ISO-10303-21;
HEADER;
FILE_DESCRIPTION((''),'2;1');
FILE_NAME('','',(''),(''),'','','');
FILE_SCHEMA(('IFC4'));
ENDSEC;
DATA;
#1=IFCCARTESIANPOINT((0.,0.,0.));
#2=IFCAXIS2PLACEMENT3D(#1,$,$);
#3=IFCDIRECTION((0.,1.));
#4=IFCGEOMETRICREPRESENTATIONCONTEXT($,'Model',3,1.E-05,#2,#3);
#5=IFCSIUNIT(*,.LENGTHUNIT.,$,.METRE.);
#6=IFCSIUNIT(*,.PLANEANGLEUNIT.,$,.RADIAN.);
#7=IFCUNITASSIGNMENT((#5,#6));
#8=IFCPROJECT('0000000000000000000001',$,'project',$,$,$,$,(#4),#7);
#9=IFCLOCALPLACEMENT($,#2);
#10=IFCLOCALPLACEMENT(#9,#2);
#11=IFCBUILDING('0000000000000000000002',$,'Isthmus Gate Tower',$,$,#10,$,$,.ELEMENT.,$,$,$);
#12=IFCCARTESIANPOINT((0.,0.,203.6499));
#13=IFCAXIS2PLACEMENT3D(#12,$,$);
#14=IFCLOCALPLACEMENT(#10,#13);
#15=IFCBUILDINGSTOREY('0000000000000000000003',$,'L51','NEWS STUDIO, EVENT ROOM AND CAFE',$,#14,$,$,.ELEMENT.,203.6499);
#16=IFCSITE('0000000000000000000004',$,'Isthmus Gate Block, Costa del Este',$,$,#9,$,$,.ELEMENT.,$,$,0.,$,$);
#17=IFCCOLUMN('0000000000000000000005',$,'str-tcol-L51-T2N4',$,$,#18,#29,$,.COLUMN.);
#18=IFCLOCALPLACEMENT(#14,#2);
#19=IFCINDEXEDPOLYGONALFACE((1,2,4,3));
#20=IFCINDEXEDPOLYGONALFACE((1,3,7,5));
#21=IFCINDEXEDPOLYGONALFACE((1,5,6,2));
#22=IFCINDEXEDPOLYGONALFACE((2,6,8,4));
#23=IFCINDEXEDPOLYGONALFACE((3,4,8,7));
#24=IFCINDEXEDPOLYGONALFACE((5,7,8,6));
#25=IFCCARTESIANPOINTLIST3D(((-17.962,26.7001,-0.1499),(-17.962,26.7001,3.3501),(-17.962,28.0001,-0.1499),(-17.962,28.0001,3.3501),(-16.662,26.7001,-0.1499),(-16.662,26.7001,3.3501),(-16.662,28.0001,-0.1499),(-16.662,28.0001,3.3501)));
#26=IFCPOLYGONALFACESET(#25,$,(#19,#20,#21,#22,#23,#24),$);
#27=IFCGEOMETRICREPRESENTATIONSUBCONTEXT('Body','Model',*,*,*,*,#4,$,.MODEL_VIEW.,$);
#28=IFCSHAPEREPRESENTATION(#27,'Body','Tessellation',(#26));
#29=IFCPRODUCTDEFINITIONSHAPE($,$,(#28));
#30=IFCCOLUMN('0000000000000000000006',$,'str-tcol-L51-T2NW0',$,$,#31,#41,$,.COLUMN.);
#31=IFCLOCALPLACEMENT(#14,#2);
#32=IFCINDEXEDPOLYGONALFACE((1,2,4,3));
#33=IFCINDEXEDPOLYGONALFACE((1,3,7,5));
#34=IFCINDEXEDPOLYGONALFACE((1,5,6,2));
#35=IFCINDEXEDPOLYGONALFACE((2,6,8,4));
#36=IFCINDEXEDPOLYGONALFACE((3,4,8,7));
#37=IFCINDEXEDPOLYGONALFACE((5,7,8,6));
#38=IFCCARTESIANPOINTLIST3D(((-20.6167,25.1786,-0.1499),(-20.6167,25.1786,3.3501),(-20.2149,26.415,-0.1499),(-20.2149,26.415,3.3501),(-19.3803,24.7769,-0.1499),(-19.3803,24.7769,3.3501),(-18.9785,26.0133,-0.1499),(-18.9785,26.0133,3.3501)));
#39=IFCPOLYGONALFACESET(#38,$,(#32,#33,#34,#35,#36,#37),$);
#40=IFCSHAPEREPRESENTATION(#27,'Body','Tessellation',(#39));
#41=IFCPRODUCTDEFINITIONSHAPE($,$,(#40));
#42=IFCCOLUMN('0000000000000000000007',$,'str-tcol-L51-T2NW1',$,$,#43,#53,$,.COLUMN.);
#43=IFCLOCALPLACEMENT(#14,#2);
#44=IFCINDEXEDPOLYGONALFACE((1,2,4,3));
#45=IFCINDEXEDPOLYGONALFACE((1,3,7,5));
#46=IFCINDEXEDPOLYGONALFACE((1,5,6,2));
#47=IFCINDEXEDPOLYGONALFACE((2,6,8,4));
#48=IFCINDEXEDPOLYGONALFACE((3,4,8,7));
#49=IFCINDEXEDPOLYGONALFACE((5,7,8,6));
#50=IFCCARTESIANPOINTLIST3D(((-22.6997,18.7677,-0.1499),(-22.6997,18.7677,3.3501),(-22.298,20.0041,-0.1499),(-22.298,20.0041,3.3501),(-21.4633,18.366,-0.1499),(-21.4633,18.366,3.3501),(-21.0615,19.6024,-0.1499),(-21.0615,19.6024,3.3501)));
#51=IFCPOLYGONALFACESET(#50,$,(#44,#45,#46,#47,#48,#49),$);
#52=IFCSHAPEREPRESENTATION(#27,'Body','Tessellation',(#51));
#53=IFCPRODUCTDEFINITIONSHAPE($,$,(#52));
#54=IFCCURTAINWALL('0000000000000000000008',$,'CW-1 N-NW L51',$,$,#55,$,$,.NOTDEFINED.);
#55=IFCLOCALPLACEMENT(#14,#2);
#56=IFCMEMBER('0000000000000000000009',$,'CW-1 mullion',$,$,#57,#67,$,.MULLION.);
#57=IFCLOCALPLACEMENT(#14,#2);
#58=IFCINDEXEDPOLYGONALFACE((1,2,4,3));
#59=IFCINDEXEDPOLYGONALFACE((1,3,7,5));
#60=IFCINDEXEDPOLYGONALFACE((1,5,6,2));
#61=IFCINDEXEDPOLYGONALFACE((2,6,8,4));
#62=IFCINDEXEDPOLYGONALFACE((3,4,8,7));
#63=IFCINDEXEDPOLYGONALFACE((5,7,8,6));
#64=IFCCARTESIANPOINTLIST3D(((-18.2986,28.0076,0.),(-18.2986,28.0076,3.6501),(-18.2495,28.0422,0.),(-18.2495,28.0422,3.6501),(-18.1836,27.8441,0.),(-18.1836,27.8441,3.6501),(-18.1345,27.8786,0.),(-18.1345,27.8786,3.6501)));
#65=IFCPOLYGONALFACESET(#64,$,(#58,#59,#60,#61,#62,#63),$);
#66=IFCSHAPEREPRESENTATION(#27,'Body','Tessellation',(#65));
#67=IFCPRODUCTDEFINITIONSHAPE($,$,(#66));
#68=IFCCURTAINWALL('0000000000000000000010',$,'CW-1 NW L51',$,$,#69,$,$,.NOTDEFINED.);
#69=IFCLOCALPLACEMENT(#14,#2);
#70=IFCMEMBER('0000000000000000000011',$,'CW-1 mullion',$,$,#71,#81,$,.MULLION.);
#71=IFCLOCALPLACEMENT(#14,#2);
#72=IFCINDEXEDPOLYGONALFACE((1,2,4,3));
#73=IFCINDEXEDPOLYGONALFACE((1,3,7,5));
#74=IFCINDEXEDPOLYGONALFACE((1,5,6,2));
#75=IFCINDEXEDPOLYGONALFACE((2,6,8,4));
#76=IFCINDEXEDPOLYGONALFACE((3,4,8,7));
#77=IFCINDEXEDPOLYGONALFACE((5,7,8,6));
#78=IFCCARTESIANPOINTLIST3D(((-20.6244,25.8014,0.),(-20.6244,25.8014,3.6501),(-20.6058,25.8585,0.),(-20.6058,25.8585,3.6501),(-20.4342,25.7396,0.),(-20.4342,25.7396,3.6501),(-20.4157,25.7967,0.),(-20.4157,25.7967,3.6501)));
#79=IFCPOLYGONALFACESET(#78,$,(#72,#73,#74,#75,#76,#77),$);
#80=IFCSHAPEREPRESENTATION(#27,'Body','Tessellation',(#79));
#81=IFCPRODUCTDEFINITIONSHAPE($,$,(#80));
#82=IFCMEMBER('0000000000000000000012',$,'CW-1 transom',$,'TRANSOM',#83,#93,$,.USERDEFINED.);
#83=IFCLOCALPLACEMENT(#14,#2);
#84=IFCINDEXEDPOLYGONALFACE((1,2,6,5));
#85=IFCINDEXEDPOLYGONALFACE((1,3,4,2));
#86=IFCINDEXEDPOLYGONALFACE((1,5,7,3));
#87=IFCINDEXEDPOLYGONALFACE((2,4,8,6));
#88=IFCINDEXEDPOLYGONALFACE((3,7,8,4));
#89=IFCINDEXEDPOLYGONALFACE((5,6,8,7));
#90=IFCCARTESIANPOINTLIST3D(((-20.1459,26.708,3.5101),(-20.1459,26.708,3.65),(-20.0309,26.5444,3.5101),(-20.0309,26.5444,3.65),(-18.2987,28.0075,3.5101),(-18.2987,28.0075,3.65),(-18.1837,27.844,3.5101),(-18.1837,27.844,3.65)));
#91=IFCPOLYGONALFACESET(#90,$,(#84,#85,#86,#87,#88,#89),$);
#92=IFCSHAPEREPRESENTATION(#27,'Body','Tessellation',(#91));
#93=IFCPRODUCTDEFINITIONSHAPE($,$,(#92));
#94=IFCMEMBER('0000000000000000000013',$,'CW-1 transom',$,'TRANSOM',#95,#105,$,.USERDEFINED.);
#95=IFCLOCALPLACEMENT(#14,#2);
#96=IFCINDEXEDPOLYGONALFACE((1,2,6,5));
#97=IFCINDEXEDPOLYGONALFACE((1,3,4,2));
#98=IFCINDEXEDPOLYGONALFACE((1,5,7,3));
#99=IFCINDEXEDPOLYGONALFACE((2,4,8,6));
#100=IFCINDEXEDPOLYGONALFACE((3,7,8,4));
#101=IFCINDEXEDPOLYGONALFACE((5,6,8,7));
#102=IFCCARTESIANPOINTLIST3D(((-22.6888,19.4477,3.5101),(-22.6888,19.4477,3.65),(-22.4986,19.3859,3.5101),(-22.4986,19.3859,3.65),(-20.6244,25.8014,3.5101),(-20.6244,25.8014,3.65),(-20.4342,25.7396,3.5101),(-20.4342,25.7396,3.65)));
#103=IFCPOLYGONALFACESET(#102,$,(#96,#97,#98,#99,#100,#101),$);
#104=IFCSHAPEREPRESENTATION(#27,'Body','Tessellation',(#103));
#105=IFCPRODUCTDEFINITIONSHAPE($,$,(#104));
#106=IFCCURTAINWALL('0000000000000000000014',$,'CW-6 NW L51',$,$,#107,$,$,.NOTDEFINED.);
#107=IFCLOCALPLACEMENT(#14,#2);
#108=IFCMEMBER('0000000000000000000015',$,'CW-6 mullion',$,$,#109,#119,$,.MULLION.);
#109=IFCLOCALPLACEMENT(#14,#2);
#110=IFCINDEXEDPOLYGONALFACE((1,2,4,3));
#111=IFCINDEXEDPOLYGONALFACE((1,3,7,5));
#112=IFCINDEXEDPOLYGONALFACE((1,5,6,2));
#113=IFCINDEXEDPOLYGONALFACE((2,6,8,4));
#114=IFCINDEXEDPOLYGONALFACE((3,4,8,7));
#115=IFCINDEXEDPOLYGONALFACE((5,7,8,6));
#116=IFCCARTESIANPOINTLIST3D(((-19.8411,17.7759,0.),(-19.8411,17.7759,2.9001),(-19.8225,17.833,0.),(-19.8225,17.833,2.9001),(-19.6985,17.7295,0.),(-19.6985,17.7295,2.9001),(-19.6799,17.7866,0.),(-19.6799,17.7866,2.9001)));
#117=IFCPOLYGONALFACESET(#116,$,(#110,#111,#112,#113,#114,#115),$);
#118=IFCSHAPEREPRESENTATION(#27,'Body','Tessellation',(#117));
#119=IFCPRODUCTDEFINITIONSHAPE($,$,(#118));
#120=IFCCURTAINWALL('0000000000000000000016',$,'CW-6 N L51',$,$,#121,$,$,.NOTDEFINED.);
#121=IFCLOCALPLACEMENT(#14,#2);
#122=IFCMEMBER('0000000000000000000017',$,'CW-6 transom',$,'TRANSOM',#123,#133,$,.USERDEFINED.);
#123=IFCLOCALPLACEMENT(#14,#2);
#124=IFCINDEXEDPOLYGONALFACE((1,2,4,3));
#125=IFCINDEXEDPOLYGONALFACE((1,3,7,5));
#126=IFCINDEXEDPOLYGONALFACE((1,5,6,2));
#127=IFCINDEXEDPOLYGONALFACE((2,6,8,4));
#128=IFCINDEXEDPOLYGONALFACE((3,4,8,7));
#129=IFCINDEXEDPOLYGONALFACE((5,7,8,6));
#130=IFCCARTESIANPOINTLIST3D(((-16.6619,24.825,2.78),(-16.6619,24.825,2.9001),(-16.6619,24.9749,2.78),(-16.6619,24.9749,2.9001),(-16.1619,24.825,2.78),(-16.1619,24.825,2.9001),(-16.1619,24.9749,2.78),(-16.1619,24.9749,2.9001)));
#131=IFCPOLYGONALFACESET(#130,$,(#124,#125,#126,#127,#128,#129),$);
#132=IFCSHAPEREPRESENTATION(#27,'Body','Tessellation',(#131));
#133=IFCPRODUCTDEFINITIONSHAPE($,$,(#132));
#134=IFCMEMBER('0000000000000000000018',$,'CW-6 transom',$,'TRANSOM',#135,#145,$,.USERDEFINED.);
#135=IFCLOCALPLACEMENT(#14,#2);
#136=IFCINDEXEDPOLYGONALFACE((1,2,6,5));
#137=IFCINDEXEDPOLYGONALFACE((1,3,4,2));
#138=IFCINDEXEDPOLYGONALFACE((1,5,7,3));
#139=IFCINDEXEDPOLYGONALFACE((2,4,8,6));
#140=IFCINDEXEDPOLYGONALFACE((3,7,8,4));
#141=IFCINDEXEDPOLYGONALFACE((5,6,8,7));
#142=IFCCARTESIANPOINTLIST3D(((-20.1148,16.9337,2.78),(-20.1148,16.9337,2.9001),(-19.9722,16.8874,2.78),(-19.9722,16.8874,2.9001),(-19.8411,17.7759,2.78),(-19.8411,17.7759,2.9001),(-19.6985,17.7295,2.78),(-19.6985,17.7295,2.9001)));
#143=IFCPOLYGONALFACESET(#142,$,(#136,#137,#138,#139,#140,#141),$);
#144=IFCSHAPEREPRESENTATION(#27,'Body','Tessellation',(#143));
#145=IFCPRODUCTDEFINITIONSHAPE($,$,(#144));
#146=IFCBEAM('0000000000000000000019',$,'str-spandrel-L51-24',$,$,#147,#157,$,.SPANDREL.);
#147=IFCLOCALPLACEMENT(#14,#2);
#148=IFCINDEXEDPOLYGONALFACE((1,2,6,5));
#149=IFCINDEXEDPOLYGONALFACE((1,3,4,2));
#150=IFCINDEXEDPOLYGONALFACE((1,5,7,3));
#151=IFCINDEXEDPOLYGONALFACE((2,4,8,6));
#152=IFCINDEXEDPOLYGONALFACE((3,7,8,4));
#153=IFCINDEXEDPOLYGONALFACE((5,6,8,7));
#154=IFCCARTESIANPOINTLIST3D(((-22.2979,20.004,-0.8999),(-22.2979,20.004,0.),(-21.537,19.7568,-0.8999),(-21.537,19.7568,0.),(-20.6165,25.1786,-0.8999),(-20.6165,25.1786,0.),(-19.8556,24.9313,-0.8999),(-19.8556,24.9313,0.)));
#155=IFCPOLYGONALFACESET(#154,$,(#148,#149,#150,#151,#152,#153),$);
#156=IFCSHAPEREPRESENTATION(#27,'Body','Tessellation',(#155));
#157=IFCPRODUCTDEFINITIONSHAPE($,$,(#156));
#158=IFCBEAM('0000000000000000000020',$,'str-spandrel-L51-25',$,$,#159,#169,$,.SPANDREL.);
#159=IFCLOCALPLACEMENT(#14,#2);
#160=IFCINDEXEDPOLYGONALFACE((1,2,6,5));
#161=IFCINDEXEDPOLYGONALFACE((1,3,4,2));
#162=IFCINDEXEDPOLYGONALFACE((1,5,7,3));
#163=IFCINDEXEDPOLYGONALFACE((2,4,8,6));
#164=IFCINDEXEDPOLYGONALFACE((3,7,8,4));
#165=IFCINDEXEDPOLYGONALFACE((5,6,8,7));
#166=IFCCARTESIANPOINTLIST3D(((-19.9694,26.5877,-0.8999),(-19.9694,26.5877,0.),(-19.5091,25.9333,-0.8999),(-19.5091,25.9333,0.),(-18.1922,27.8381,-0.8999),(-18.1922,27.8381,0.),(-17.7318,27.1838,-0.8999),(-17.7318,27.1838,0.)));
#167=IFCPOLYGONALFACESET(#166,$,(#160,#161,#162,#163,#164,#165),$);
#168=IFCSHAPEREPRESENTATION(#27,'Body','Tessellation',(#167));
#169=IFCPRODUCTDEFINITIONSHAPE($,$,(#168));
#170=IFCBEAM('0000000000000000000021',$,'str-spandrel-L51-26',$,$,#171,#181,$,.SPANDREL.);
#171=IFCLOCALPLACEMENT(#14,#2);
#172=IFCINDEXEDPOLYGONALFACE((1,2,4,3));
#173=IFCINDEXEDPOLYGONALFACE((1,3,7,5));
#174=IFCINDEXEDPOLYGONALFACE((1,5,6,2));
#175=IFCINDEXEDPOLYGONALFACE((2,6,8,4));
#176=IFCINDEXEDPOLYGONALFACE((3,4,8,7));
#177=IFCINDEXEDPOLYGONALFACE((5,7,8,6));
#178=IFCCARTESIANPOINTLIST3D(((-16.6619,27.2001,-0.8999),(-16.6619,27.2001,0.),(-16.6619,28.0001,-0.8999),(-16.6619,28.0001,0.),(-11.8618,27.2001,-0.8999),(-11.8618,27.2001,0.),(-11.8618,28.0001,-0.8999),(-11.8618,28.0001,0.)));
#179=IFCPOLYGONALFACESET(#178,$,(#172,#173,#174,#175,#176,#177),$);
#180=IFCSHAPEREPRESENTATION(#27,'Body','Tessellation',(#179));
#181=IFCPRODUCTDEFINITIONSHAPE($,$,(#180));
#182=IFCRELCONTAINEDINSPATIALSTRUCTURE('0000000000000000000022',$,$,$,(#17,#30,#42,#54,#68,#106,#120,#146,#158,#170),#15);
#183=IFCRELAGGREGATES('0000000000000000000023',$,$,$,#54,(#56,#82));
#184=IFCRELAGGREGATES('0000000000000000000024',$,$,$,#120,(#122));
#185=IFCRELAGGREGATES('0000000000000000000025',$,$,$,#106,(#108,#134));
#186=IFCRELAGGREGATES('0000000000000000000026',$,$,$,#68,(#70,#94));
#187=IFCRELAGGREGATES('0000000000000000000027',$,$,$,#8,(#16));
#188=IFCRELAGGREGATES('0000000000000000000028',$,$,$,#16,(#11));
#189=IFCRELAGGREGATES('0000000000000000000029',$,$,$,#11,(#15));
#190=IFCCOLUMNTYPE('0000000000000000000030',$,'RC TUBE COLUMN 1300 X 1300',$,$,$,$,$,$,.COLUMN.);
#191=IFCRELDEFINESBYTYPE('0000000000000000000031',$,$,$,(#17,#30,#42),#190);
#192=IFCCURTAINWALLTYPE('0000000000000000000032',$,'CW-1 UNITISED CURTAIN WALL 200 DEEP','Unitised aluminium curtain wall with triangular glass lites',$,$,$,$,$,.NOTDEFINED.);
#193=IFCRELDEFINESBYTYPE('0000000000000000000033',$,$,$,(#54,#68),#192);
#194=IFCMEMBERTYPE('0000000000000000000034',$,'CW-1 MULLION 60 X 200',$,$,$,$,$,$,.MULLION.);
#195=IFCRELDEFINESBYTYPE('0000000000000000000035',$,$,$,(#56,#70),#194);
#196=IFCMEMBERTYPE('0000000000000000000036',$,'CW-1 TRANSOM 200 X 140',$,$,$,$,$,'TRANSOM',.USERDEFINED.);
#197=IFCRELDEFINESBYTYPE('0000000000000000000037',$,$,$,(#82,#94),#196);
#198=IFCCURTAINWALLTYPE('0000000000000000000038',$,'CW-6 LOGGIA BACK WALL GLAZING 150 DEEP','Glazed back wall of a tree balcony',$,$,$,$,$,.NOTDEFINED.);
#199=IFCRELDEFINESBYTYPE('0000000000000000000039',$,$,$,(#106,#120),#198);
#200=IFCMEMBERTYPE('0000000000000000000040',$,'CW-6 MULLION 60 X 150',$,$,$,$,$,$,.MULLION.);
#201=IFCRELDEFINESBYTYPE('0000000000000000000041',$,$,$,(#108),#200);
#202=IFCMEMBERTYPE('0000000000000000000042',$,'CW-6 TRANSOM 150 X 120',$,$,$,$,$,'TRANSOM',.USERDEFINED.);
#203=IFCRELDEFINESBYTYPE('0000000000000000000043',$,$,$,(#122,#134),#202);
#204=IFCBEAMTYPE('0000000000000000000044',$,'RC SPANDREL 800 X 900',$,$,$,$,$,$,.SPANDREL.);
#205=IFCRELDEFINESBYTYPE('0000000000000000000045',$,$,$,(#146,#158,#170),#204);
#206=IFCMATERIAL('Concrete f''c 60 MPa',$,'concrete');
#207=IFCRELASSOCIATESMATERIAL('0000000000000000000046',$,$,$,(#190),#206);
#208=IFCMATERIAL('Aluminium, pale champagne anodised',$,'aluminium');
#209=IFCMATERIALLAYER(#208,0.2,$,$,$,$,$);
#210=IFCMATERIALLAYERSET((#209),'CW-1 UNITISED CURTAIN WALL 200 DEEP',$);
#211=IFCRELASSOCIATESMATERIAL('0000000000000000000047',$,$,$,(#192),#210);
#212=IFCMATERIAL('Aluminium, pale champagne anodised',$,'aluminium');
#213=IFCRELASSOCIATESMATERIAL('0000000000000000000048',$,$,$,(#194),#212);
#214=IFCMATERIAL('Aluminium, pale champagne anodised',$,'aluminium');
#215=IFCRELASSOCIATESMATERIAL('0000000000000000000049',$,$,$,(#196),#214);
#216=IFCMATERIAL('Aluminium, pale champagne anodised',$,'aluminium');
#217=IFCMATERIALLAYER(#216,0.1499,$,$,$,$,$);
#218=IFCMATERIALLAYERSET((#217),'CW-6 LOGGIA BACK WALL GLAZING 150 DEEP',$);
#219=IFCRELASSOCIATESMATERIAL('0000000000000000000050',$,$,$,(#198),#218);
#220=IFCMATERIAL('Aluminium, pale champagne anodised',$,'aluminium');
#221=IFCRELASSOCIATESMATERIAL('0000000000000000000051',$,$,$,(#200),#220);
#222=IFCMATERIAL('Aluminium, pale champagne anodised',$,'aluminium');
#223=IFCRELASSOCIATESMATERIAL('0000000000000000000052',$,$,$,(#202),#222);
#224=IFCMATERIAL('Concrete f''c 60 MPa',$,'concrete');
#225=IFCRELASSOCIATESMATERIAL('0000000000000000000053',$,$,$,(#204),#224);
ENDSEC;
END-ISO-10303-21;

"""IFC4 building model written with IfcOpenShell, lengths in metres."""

from ifc_helpers import new_model, si_unit, direction, frame, origin, origin_2d, place, context, subcontext, project, spatial, rectangle, extrude, material, layer, layer_set, material_profile, profile_set, type_object, element, aggregate, save


model = new_model("IFC4")

# Units and contexts
model_context = context("Model", 3, precision=1e-05, world=origin(), true_north=direction((0.0, 1.0)))
body_context = subcontext(model_context, "Body", "Model", "MODEL_VIEW")
ifc_project = project(units=[si_unit("LENGTHUNIT", "METRE"), si_unit("PLANEANGLEUNIT", "RADIAN")], contexts=[model_context])

# Site, building, storey
site_placement = place(None, origin())
site = spatial("IfcSite", under=ifc_project, at=site_placement, Name="Isthmus Gate Block, Costa del Este", CompositionType="ELEMENT", RefElevation=0.0)
building_placement = place(site_placement, origin())
building = spatial("IfcBuilding", under=site, at=building_placement, Name="Isthmus Gate Tower", CompositionType="ELEMENT")
storey_placement = place(building_placement, frame((0.0, 0.0, 203.6499)))
storey = spatial("IfcBuildingStorey", under=building, at=storey_placement, Name="L51", Description="NEWS STUDIO, EVENT ROOM AND CAFE", CompositionType="ELEMENT", Elevation=203.6499)

# Columns
ifc_material_1 = material(Name="Concrete f'c 60 MPa", Category="concrete")
ifc_material_profile_1 = material_profile(ifc_material_1, rectangle(XDim=1.3, YDim=1.3, at=origin_2d()), Name="RC 1300X1300")
ifc_profile_set_1 = profile_set([ifc_material_profile_1], Name="Concrete f'c 60 MPa")
column_type = type_object("IfcColumnType", Name="RC TUBE COLUMN 1300 X 1300", PredefinedType="COLUMN", material=ifc_profile_set_1)
for number, where, z_axis, x_axis, name in (
    (1, (-17.312, 27.3501, -0.1499), (0.0, 0.0, 1.0), (-1.0, 0.0, 0.0), "str-tcol-L51-T2N4"),
    (2, (-19.7976, 25.5959, -0.1499), (0.0, 0.0, 1.0), (-0.309017, -0.951057, 0.0), "str-tcol-L51-T2NW0"),
    (3, (-21.8806, 19.1851, -0.1499), (0.0, 0.0, 1.0), (-0.309017, -0.951057, 0.0), "str-tcol-L51-T2NW1"),
):
    element("IfcColumn", number, at=place(storey_placement, frame(where, z_axis=z_axis, x_axis=x_axis)), inside=storey, type_object=column_type, Name=name, PredefinedType="COLUMN", context=body_context, shape_type="SweptSolid", body=[
        extrude(rectangle(XDim=1.3, YDim=1.3, at=origin_2d()), origin(), (0.0, 0.0, 1.0), 3.5),
    ])

# Curtain walls, members
ifc_material_2 = material(Name="Aluminium, pale champagne anodised", Category="aluminium")
ifc_layer_1 = layer(ifc_material_2, 0.2)
ifc_layer_set_1 = layer_set([ifc_layer_1], Name="CW-1 UNITISED CURTAIN WALL 200 DEEP")
curtain_wall_type_1 = type_object("IfcCurtainWallType", Name="CW-1 UNITISED CURTAIN WALL 200 DEEP", Description="Unitised aluminium curtain wall with triangular glass lites", PredefinedType="NOTDEFINED", material=ifc_layer_set_1)
curtain_wall_1_placement = place(storey_placement, origin())
curtain_wall_1 = element("IfcCurtainWall", 4, at=curtain_wall_1_placement, inside=storey, type_object=curtain_wall_type_1, Name="CW-1 N-NW L51", PredefinedType="NOTDEFINED")
ifc_material_3 = material(Name="Aluminium, pale champagne anodised", Category="aluminium")
ifc_material_profile_2 = material_profile(ifc_material_3, rectangle(XDim=0.0601, YDim=0.2, at=origin_2d()), Name="60x200")
ifc_profile_set_2 = profile_set([ifc_material_profile_2], Name="Aluminium, pale champagne anodised")
member_type_1 = type_object("IfcMemberType", Name="CW-1 MULLION 60 X 200", PredefinedType="MULLION", material=ifc_profile_set_2)
member_1_placement = place(storey_placement, frame((-18.2166, 27.9431, 0.0), z_axis=(0.0, 0.0, 1.0), x_axis=(-0.81786, -0.575418, 0.0)))
member_1 = element("IfcMember", 5, at=member_1_placement, type_object=member_type_1, Name="CW-1 mullion", PredefinedType="MULLION", context=body_context, shape_type="SweptSolid", body=[
    extrude(rectangle(XDim=0.0601, YDim=0.2, at=origin_2d()), origin(), (0.0, 0.0, 1.0), 3.6501),
])
curtain_wall_2_placement = place(storey_placement, origin())
curtain_wall_2 = element("IfcCurtainWall", 6, at=curtain_wall_2_placement, inside=storey, type_object=curtain_wall_type_1, Name="CW-1 NW L51", PredefinedType="NOTDEFINED")
member_2_placement = place(storey_placement, frame((-20.52, 25.7991, 0.0), z_axis=(0.0, 0.0, 1.0), x_axis=(-0.309017, -0.951057, 0.0)))
member_2 = element("IfcMember", 7, at=member_2_placement, type_object=member_type_1, Name="CW-1 mullion", PredefinedType="MULLION", context=body_context, shape_type="SweptSolid", body=[
    extrude(rectangle(XDim=0.0601, YDim=0.2, at=origin_2d()), origin(), (0.0, 0.0, 1.0), 3.6501),
])

# Members
ifc_material_4 = material(Name="Aluminium, pale champagne anodised", Category="aluminium")
ifc_material_profile_3 = material_profile(ifc_material_4, rectangle(XDim=0.2, YDim=0.1399, at=origin_2d()), Name="200x140")
ifc_profile_set_3 = profile_set([ifc_material_profile_3], Name="Aluminium, pale champagne anodised")
member_type_2 = type_object("IfcMemberType", Name="CW-1 TRANSOM 200 X 140", ElementType="TRANSOM", PredefinedType="USERDEFINED", material=ifc_profile_set_3)
member_3_placement = place(storey_placement, frame((-18.2412, 27.9258, 3.5801), z_axis=(-0.817869, -0.575405, 0.0), x_axis=(0.575405, -0.817869, 0.0)))
member_3 = element("IfcMember", 8, at=member_3_placement, type_object=member_type_2, Name="CW-1 transom", ObjectType="TRANSOM", PredefinedType="USERDEFINED", context=body_context, shape_type="SweptSolid", body=[
    extrude(rectangle(XDim=0.2, YDim=0.1399, at=origin_2d()), origin(), (0.0, 0.0, 1.0), 2.2585),
])
member_4_placement = place(storey_placement, frame((-20.5293, 25.7705, 3.5801), z_axis=(-0.309016, -0.951057, 0.0), x_axis=(0.951057, -0.309016, 0.0)))
member_4 = element("IfcMember", 9, at=member_4_placement, type_object=member_type_2, Name="CW-1 transom", ObjectType="TRANSOM", PredefinedType="USERDEFINED", context=body_context, shape_type="SweptSolid", body=[
    extrude(rectangle(XDim=0.2, YDim=0.1399, at=origin_2d()), origin(), (0.0, 0.0, 1.0), 6.6807),
])

# Curtain walls, members
ifc_material_5 = material(Name="Aluminium, pale champagne anodised", Category="aluminium")
ifc_layer_2 = layer(ifc_material_5, 0.1499)
ifc_layer_set_2 = layer_set([ifc_layer_2], Name="CW-6 LOGGIA BACK WALL GLAZING 150 DEEP")
curtain_wall_type_2 = type_object("IfcCurtainWallType", Name="CW-6 LOGGIA BACK WALL GLAZING 150 DEEP", Description="Glazed back wall of a tree balcony", PredefinedType="NOTDEFINED", material=ifc_layer_set_2)
curtain_wall_3_placement = place(storey_placement, origin())
curtain_wall_3 = element("IfcCurtainWall", 10, at=curtain_wall_3_placement, inside=storey, type_object=curtain_wall_type_2, Name="CW-6 NW L51", PredefinedType="NOTDEFINED")
ifc_material_6 = material(Name="Aluminium, pale champagne anodised", Category="aluminium")
ifc_material_profile_4 = material_profile(ifc_material_6, rectangle(XDim=0.0601, YDim=0.1499, at=origin_2d()), Name="60x150")
ifc_profile_set_4 = profile_set([ifc_material_profile_4], Name="Aluminium, pale champagne anodised")
member_type_3 = type_object("IfcMemberType", Name="CW-6 MULLION 60 X 150", PredefinedType="MULLION", material=ifc_profile_set_4)
member_5_placement = place(storey_placement, frame((-19.7605, 17.7812, 0.0), z_axis=(0.0, 0.0, 1.0), x_axis=(-0.309017, -0.951057, 0.0)))
member_5 = element("IfcMember", 11, at=member_5_placement, type_object=member_type_3, Name="CW-6 mullion", PredefinedType="MULLION", context=body_context, shape_type="SweptSolid", body=[
    extrude(rectangle(XDim=0.0601, YDim=0.1499, at=origin_2d()), origin(), (0.0, 0.0, 1.0), 2.9001),
])
curtain_wall_4_placement = place(storey_placement, origin())
curtain_wall_4 = element("IfcCurtainWall", 12, at=curtain_wall_4_placement, inside=storey, type_object=curtain_wall_type_2, Name="CW-6 N L51", PredefinedType="NOTDEFINED")
ifc_material_7 = material(Name="Aluminium, pale champagne anodised", Category="aluminium")
ifc_material_profile_5 = material_profile(ifc_material_7, rectangle(XDim=0.1499, YDim=0.1201, at=origin_2d()), Name="150x120")
ifc_profile_set_5 = profile_set([ifc_material_profile_5], Name="Aluminium, pale champagne anodised")
member_type_4 = type_object("IfcMemberType", Name="CW-6 TRANSOM 150 X 120", ElementType="TRANSOM", PredefinedType="USERDEFINED", material=ifc_profile_set_5)
member_6_placement = place(storey_placement, frame((-16.1619, 24.8999, 2.8401), z_axis=(-1.0, 0.0, 0.0), x_axis=(0.0, -1.0, 0.0)))
member_6 = element("IfcMember", 13, at=member_6_placement, type_object=member_type_4, Name="CW-6 transom", ObjectType="TRANSOM", PredefinedType="USERDEFINED", context=body_context, shape_type="SweptSolid", body=[
    extrude(rectangle(XDim=0.1499, YDim=0.1201, at=origin_2d()), origin(), (0.0, 0.0, 1.0), 0.5),
])

# Member
member_7_placement = place(storey_placement, frame((-19.7698, 17.7527, 2.8401), z_axis=(-0.309105, -0.951028, 0.0), x_axis=(0.951028, -0.309105, 0.0)))
member_7 = element("IfcMember", 14, at=member_7_placement, type_object=member_type_4, Name="CW-6 transom", ObjectType="TRANSOM", PredefinedType="USERDEFINED", context=body_context, shape_type="SweptSolid", body=[
    extrude(rectangle(XDim=0.1499, YDim=0.1201, at=origin_2d()), origin(), (0.0, 0.0, 1.0), 0.8855),
])

# Beams
ifc_material_8 = material(Name="Concrete f'c 60 MPa", Category="concrete")
ifc_material_profile_6 = material_profile(ifc_material_8, rectangle(XDim=0.8, YDim=0.8999, at=origin_2d()), Name="RC 800X900")
ifc_profile_set_6 = profile_set([ifc_material_profile_6], Name="Concrete f'c 60 MPa")
beam_type_1 = type_object("IfcBeamType", Name="RC SPANDREL 800 X 900", PredefinedType="SPANDREL", material=ifc_profile_set_6)
beam_1_placement = place(storey_placement, frame((-21.9175, 19.8804, -0.45), z_axis=(0.30903, 0.951052, 0.0), x_axis=(-0.951052, 0.30903, 0.0)))
element("IfcBeam", 15, at=beam_1_placement, inside=storey, type_object=beam_type_1, Name="str-spandrel-L51-24", PredefinedType="SPANDREL", context=body_context, shape_type="SweptSolid", body=[
    extrude(rectangle(XDim=0.8, YDim=0.8999, at=origin_2d()), origin(), (0.0, 0.0, 1.0), 5.4409),
])
beam_2_placement = place(storey_placement, frame((-19.7393, 26.2605, -0.45), z_axis=(0.817857, 0.575421, 0.0), x_axis=(-0.575421, 0.817857, 0.0)))
element("IfcBeam", 16, at=beam_2_placement, inside=storey, type_object=beam_type_1, Name="str-spandrel-L51-25", PredefinedType="SPANDREL", context=body_context, shape_type="SweptSolid", body=[
    extrude(rectangle(XDim=0.8, YDim=0.8999, at=origin_2d()), origin(), (0.0, 0.0, 1.0), 2.1731),
])
beam_3_placement = place(storey_placement, frame((-16.6619, 27.6001, -0.45), z_axis=(1.0, 0.0, 0.0), x_axis=(0.0, 1.0, 0.0)))
element("IfcBeam", 17, at=beam_3_placement, inside=storey, type_object=beam_type_1, Name="str-spandrel-L51-26", PredefinedType="SPANDREL", context=body_context, shape_type="SweptSolid", body=[
    extrude(rectangle(XDim=0.8, YDim=0.8999, at=origin_2d()), origin(), (0.0, 0.0, 1.0), 4.8),
])

aggregate(curtain_wall_1, [member_1, member_3])
aggregate(curtain_wall_4, [member_6])
aggregate(curtain_wall_3, [member_5, member_7])

aggregate(curtain_wall_2, [member_2, member_4])

save(model, "model.ifc")
